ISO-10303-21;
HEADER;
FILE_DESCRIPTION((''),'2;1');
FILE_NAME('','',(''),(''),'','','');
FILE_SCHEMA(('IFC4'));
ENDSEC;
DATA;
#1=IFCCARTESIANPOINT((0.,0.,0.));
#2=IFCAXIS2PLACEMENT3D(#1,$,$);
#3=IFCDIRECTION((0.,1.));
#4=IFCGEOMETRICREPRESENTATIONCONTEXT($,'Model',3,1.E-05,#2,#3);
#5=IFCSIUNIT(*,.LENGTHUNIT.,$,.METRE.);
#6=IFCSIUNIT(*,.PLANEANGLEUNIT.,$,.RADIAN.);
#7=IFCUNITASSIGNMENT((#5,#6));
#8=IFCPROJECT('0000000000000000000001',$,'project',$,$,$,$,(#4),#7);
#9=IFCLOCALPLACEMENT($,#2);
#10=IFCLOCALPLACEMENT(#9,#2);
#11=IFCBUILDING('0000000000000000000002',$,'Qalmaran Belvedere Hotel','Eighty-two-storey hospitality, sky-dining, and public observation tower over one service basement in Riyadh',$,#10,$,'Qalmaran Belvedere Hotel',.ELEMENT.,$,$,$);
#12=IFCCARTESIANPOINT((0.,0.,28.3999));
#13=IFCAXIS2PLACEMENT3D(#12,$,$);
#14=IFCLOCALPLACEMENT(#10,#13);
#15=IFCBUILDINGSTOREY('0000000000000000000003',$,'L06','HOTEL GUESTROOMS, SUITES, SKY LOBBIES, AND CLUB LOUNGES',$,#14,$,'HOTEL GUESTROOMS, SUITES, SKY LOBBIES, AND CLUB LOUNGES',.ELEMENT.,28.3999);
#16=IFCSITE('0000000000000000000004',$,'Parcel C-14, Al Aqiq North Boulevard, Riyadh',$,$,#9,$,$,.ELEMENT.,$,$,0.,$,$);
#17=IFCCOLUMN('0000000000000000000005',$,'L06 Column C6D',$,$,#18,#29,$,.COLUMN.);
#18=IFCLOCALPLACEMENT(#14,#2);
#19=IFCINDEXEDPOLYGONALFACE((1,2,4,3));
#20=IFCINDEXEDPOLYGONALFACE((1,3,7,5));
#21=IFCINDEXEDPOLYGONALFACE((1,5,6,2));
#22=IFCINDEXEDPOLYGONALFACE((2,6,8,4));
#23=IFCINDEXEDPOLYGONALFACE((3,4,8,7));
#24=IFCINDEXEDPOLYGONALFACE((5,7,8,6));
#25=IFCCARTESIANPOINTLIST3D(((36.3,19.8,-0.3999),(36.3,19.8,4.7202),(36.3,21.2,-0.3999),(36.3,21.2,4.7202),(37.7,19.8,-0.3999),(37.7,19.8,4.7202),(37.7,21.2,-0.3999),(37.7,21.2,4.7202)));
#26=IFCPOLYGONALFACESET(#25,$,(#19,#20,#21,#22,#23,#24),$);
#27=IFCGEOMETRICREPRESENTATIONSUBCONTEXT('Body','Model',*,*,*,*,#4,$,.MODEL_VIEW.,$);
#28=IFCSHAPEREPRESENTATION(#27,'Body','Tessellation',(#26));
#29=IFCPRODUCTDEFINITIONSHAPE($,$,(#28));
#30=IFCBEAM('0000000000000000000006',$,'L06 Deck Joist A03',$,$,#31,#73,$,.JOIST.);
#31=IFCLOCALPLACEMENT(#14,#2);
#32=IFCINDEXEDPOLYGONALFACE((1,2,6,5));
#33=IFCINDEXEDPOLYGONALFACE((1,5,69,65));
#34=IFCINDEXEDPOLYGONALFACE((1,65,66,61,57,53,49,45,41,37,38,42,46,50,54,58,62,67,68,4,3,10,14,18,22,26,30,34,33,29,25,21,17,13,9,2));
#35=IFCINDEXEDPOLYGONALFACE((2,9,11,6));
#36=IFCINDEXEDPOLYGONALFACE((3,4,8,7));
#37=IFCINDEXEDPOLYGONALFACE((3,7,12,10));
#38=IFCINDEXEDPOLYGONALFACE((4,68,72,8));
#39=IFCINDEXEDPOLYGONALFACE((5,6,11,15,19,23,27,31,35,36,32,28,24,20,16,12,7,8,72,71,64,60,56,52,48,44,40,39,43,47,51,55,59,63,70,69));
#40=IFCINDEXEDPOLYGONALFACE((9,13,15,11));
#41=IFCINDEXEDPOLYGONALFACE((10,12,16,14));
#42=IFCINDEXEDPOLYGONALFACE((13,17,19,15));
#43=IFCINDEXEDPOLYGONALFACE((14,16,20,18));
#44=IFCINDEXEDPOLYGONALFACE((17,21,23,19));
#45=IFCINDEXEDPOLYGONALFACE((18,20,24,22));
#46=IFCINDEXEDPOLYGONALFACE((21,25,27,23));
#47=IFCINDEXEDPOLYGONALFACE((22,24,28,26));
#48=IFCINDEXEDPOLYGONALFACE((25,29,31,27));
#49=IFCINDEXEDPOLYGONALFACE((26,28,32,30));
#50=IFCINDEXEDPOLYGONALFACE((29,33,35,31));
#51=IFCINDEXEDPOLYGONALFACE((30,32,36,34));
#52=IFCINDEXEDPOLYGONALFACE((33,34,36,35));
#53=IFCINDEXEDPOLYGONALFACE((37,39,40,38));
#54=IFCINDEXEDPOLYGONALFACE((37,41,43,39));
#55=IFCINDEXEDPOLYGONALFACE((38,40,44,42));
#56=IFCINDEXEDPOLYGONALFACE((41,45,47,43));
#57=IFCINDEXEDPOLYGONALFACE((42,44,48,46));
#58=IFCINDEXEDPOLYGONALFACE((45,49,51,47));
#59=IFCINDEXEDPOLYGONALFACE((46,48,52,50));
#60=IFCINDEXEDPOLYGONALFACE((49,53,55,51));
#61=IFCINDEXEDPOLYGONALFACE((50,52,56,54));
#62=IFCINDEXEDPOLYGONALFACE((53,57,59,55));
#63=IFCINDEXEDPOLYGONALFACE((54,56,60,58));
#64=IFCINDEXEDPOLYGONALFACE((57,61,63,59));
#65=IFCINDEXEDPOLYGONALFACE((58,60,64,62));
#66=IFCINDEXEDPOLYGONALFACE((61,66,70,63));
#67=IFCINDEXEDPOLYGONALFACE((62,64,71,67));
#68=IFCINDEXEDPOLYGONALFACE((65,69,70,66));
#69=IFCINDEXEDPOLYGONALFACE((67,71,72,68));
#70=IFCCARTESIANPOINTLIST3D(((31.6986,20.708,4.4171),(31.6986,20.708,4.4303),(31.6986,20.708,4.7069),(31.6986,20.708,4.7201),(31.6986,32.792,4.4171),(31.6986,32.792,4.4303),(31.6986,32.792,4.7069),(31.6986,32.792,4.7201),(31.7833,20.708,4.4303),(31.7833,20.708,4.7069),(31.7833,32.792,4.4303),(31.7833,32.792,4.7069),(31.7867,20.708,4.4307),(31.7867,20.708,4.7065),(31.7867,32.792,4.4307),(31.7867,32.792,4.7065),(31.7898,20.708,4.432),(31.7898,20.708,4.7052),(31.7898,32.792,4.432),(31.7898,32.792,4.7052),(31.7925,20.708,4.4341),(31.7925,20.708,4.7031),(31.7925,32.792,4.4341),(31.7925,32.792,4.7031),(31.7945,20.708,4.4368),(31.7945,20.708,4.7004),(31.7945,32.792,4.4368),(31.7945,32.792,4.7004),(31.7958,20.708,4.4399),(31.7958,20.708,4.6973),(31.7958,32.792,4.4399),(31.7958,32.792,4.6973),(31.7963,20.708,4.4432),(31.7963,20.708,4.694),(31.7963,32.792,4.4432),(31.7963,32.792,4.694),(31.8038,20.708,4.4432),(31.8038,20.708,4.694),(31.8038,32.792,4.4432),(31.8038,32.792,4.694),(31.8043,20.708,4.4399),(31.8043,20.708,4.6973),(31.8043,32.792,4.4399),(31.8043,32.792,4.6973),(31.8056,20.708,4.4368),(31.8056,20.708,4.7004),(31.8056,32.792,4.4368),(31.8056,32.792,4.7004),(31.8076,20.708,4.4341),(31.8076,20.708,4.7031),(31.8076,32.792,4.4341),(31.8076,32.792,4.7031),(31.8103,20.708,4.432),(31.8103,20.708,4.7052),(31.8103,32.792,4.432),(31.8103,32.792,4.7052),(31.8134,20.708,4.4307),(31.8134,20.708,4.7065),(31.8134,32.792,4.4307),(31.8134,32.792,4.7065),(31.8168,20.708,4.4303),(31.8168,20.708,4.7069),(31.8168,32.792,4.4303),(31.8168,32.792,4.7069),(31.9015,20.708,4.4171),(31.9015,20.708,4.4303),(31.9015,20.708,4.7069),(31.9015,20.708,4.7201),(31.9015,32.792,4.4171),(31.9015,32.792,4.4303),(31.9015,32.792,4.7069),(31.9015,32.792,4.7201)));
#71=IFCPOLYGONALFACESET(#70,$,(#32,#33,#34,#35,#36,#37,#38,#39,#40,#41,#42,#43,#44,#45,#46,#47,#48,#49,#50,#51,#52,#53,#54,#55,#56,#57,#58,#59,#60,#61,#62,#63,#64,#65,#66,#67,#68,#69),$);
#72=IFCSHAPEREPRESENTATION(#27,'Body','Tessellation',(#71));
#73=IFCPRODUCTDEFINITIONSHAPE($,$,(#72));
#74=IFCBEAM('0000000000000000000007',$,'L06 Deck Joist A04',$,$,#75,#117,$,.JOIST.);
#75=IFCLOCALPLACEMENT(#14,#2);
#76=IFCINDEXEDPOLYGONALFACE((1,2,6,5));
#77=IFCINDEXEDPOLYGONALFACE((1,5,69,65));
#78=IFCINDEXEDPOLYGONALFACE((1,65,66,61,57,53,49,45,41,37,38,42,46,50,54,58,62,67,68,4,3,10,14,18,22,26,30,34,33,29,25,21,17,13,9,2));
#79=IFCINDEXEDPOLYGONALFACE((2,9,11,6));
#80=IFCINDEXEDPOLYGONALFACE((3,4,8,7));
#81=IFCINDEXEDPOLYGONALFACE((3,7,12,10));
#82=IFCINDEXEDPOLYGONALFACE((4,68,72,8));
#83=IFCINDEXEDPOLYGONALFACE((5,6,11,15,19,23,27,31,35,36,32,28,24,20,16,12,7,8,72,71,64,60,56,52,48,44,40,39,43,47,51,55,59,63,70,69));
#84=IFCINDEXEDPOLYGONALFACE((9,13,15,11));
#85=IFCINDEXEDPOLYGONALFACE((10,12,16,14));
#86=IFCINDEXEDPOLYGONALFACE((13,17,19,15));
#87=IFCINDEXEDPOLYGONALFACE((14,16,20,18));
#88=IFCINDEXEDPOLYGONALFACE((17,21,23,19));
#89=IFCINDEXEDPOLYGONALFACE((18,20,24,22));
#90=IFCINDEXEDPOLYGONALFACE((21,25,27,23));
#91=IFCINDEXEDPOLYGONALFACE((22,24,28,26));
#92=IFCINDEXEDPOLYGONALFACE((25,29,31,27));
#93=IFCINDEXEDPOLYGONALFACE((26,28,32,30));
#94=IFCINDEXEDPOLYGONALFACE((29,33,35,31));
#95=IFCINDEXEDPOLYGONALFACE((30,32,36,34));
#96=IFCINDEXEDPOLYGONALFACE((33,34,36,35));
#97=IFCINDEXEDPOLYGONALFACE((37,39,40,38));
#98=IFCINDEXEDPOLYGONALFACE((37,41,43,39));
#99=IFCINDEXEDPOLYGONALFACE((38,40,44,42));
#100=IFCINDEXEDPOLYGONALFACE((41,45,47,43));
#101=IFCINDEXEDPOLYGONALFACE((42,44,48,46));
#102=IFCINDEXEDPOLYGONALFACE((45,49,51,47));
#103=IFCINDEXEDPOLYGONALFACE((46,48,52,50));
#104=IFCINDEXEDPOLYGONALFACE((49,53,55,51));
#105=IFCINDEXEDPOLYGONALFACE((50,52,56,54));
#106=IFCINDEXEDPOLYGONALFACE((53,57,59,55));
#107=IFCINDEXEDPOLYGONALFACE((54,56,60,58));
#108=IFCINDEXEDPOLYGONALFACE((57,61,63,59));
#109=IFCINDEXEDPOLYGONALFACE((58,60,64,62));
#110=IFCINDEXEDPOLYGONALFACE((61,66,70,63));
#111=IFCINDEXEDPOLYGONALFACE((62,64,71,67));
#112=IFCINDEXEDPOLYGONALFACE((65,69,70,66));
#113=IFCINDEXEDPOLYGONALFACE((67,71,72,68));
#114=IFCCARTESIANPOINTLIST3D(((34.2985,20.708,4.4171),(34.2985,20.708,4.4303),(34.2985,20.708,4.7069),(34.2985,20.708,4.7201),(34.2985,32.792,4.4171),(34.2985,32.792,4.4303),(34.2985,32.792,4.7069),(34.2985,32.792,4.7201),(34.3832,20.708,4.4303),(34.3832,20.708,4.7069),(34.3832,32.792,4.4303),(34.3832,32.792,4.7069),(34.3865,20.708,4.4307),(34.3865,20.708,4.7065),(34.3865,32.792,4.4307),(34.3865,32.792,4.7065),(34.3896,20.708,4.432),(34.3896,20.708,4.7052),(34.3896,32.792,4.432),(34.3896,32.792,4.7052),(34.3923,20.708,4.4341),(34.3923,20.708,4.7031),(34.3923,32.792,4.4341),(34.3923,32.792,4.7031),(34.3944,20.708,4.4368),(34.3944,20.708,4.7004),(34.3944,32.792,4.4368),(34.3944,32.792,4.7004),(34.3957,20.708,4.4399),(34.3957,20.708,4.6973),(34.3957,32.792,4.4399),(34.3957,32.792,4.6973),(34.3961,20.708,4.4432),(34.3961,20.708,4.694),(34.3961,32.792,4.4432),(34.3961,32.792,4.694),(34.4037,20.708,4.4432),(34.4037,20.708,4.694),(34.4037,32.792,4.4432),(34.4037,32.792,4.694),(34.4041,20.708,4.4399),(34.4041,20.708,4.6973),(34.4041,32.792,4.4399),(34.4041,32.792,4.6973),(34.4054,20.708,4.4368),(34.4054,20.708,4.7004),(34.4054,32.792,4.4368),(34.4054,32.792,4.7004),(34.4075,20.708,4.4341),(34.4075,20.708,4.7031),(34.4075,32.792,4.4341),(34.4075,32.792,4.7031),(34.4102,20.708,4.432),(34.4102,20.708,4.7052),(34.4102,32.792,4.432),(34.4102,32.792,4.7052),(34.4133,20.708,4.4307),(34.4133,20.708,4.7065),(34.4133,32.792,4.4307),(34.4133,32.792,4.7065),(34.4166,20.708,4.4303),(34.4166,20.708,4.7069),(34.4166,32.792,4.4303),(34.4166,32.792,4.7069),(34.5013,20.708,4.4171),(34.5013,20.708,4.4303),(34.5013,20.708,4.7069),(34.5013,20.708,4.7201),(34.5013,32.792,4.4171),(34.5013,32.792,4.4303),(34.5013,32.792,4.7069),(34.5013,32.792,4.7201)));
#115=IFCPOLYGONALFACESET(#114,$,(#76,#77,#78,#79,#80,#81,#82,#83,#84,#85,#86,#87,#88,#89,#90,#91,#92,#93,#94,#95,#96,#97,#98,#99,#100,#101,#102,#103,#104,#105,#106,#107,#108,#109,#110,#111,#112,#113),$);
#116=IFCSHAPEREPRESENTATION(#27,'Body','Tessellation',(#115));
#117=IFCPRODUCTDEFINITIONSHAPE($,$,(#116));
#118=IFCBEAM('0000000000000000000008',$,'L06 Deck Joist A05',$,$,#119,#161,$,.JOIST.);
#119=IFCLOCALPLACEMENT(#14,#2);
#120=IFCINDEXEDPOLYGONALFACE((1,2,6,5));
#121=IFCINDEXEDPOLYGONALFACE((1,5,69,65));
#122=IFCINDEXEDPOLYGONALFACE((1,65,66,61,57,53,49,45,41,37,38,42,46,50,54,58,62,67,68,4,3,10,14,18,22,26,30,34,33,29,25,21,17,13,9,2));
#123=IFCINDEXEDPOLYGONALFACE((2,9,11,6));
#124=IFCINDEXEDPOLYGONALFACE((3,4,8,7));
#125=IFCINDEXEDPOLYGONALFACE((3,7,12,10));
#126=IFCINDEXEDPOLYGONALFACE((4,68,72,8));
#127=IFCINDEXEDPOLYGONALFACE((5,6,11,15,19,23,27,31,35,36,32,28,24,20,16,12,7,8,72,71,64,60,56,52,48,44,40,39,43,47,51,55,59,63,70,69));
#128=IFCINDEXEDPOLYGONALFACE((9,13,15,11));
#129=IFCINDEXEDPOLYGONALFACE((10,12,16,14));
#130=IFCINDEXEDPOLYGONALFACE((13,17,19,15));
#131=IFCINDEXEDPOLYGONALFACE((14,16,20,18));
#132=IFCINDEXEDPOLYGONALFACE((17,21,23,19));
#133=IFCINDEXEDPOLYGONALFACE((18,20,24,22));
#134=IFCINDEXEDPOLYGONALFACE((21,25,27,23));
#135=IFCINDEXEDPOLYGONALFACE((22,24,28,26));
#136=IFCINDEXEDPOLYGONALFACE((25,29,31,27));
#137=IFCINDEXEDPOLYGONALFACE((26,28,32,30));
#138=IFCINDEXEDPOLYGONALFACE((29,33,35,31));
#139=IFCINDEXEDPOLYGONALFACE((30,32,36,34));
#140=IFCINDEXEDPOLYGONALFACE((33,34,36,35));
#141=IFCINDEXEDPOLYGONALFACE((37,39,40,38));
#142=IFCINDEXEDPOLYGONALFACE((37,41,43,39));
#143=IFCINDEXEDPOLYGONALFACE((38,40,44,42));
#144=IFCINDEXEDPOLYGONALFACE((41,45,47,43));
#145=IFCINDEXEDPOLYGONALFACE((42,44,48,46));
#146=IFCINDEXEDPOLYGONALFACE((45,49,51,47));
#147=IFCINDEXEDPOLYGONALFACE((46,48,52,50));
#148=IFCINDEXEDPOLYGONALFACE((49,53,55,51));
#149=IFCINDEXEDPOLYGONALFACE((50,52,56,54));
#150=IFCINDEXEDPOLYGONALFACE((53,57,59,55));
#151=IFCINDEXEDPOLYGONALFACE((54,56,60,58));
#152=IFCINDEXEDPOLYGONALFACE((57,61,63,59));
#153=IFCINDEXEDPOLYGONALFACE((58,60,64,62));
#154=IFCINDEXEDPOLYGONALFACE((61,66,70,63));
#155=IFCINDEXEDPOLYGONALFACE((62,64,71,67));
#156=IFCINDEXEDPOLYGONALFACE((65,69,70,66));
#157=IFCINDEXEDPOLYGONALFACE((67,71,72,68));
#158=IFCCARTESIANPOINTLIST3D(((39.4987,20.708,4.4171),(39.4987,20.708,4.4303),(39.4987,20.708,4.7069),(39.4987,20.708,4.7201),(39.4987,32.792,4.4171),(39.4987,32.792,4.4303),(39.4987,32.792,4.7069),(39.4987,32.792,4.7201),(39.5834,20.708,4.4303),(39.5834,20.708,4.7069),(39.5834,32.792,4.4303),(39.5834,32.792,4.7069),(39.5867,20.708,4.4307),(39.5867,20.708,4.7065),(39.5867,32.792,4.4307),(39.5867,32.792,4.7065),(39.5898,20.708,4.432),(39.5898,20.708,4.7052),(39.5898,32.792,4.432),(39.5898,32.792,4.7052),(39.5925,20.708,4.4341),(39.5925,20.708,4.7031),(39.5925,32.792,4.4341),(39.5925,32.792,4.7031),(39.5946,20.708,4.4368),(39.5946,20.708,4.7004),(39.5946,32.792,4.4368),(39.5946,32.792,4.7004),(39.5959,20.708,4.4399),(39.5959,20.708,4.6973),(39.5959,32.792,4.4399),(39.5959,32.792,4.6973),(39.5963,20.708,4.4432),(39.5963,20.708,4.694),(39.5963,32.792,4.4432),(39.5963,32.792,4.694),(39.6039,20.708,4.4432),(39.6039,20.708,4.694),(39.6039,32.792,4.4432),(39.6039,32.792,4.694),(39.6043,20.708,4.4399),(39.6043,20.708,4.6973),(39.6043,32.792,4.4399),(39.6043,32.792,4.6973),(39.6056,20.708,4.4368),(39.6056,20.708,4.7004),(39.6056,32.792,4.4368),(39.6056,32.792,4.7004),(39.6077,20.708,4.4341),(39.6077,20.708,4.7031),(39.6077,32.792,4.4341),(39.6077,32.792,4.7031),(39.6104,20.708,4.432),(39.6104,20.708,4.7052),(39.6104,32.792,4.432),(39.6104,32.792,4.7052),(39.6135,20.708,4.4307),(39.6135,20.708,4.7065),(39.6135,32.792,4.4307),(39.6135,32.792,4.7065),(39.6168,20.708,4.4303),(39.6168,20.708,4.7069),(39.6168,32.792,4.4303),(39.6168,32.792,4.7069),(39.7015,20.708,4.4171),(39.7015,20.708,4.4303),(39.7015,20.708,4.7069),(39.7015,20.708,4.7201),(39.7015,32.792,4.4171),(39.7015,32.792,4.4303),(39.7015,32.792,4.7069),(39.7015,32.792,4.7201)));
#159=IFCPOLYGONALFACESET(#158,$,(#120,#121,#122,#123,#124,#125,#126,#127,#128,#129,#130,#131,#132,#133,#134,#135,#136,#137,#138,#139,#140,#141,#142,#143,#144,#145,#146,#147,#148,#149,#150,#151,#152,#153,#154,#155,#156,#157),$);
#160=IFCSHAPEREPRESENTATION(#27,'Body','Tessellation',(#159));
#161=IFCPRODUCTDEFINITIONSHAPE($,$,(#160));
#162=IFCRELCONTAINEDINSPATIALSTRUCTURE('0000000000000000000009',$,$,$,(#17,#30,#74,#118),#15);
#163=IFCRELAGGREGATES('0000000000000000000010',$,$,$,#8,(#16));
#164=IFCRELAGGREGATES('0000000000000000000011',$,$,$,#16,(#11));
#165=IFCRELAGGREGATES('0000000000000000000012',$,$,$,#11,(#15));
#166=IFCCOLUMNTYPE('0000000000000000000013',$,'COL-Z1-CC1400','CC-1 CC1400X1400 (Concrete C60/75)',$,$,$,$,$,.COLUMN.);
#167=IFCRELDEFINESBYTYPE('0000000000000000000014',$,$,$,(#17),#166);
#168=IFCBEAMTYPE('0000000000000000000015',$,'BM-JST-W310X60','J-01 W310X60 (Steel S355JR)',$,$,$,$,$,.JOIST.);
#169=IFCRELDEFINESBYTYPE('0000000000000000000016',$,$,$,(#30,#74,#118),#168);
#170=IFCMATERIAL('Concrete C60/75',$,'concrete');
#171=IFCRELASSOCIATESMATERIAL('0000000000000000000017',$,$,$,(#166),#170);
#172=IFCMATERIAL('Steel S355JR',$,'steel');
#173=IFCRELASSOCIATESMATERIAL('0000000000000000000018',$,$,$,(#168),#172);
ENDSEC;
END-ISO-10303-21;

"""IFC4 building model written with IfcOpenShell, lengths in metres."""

from ifc_helpers import new_model, si_unit, direction, frame, origin, origin_2d, place, context, subcontext, project, spatial, rectangle, i_section, extrude, material, material_profile, profile_set, type_object, element, save


model = new_model("IFC4")

# Units and contexts
model_context = context("Model", 3, precision=1e-05, world=origin(), true_north=direction((0.0, 1.0)))
body_context = subcontext(model_context, "Body", "Model", "MODEL_VIEW")
ifc_project = project(units=[si_unit("LENGTHUNIT", "METRE"), si_unit("PLANEANGLEUNIT", "RADIAN")], contexts=[model_context])

# Site, building, storey
site_placement = place(None, origin())
site = spatial("IfcSite", under=ifc_project, at=site_placement, Name="Parcel C-14, Al Aqiq North Boulevard, Riyadh", CompositionType="ELEMENT", RefElevation=0.0)
building_placement = place(site_placement, origin())
building = spatial("IfcBuilding", under=site, at=building_placement, Name="Qalmaran Belvedere Hotel", Description="Eighty-two-storey hospitality, sky-dining, and public observation tower over one service basement in Riyadh", LongName="Qalmaran Belvedere Hotel", CompositionType="ELEMENT")
storey_placement = place(building_placement, frame((0.0, 0.0, 28.3999)))
storey = spatial("IfcBuildingStorey", under=building, at=storey_placement, Name="L06", Description="HOTEL GUESTROOMS, SUITES, SKY LOBBIES, AND CLUB LOUNGES", LongName="HOTEL GUESTROOMS, SUITES, SKY LOBBIES, AND CLUB LOUNGES", CompositionType="ELEMENT", Elevation=28.3999)

# Column
ifc_material_1 = material(Name="Concrete C60/75", Category="concrete")
ifc_material_profile_1 = material_profile(ifc_material_1, rectangle(XDim=1.3999, YDim=1.3999, at=origin_2d()), Name="CC1400X1400")
ifc_profile_set_1 = profile_set([ifc_material_profile_1], Name="Concrete C60/75")
column_type = type_object("IfcColumnType", Name="COL-Z1-CC1400", Description="CC-1 CC1400X1400 (Concrete C60/75)", PredefinedType="COLUMN", material=ifc_profile_set_1)
column_placement = place(storey_placement, frame((37.0, 20.5, -0.3999), z_axis=(0.0, 0.0, 1.0), x_axis=(1.0, 0.0, 0.0)))
element("IfcColumn", 1, at=column_placement, inside=storey, type_object=column_type, Name="L06 Column C6D", PredefinedType="COLUMN", context=body_context, shape_type="SweptSolid", body=[
    extrude(rectangle(XDim=1.3999, YDim=1.3999, at=origin_2d()), origin(), (0.0, 0.0, 1.0), 5.1201),
])

# Beams
ifc_material_2 = material(Name="Steel S355JR", Category="steel")
ifc_material_profile_2 = material_profile(ifc_material_2, i_section(OverallWidth=0.2029, OverallDepth=0.303, WebThickness=0.0076, FlangeThickness=0.0132, FilletRadius=0.0129, at=origin_2d()), Name="W310X60")
ifc_profile_set_2 = profile_set([ifc_material_profile_2], Name="Steel S355JR")
beam_type_1 = type_object("IfcBeamType", Name="BM-JST-W310X60", Description="J-01 W310X60 (Steel S355JR)", PredefinedType="JOIST", material=ifc_profile_set_2)
for number, where, z_axis, x_axis, name in (
    (2, (31.8, 20.708, 4.5686), (0.0, 1.0, 0.0), (-1.0, 0.0, 0.0), "L06 Deck Joist A03"),
    (3, (34.3999, 20.708, 4.5686), (0.0, 1.0, 0.0), (-1.0, 0.0, 0.0), "L06 Deck Joist A04"),
    (4, (39.6001, 20.708, 4.5686), (0.0, 1.0, 0.0), (-1.0, 0.0, 0.0), "L06 Deck Joist A05"),
):
    element("IfcBeam", number, at=place(storey_placement, frame(where, z_axis=z_axis, x_axis=x_axis)), inside=storey, type_object=beam_type_1, Name=name, PredefinedType="JOIST", context=body_context, shape_type="SweptSolid", body=[
        extrude(i_section(OverallWidth=0.2029, OverallDepth=0.303, WebThickness=0.0076, FlangeThickness=0.0132, FilletRadius=0.0129, at=origin_2d()), origin(), (0.0, 0.0, 1.0), 12.084),
    ])

save(model, "model.ifc")
